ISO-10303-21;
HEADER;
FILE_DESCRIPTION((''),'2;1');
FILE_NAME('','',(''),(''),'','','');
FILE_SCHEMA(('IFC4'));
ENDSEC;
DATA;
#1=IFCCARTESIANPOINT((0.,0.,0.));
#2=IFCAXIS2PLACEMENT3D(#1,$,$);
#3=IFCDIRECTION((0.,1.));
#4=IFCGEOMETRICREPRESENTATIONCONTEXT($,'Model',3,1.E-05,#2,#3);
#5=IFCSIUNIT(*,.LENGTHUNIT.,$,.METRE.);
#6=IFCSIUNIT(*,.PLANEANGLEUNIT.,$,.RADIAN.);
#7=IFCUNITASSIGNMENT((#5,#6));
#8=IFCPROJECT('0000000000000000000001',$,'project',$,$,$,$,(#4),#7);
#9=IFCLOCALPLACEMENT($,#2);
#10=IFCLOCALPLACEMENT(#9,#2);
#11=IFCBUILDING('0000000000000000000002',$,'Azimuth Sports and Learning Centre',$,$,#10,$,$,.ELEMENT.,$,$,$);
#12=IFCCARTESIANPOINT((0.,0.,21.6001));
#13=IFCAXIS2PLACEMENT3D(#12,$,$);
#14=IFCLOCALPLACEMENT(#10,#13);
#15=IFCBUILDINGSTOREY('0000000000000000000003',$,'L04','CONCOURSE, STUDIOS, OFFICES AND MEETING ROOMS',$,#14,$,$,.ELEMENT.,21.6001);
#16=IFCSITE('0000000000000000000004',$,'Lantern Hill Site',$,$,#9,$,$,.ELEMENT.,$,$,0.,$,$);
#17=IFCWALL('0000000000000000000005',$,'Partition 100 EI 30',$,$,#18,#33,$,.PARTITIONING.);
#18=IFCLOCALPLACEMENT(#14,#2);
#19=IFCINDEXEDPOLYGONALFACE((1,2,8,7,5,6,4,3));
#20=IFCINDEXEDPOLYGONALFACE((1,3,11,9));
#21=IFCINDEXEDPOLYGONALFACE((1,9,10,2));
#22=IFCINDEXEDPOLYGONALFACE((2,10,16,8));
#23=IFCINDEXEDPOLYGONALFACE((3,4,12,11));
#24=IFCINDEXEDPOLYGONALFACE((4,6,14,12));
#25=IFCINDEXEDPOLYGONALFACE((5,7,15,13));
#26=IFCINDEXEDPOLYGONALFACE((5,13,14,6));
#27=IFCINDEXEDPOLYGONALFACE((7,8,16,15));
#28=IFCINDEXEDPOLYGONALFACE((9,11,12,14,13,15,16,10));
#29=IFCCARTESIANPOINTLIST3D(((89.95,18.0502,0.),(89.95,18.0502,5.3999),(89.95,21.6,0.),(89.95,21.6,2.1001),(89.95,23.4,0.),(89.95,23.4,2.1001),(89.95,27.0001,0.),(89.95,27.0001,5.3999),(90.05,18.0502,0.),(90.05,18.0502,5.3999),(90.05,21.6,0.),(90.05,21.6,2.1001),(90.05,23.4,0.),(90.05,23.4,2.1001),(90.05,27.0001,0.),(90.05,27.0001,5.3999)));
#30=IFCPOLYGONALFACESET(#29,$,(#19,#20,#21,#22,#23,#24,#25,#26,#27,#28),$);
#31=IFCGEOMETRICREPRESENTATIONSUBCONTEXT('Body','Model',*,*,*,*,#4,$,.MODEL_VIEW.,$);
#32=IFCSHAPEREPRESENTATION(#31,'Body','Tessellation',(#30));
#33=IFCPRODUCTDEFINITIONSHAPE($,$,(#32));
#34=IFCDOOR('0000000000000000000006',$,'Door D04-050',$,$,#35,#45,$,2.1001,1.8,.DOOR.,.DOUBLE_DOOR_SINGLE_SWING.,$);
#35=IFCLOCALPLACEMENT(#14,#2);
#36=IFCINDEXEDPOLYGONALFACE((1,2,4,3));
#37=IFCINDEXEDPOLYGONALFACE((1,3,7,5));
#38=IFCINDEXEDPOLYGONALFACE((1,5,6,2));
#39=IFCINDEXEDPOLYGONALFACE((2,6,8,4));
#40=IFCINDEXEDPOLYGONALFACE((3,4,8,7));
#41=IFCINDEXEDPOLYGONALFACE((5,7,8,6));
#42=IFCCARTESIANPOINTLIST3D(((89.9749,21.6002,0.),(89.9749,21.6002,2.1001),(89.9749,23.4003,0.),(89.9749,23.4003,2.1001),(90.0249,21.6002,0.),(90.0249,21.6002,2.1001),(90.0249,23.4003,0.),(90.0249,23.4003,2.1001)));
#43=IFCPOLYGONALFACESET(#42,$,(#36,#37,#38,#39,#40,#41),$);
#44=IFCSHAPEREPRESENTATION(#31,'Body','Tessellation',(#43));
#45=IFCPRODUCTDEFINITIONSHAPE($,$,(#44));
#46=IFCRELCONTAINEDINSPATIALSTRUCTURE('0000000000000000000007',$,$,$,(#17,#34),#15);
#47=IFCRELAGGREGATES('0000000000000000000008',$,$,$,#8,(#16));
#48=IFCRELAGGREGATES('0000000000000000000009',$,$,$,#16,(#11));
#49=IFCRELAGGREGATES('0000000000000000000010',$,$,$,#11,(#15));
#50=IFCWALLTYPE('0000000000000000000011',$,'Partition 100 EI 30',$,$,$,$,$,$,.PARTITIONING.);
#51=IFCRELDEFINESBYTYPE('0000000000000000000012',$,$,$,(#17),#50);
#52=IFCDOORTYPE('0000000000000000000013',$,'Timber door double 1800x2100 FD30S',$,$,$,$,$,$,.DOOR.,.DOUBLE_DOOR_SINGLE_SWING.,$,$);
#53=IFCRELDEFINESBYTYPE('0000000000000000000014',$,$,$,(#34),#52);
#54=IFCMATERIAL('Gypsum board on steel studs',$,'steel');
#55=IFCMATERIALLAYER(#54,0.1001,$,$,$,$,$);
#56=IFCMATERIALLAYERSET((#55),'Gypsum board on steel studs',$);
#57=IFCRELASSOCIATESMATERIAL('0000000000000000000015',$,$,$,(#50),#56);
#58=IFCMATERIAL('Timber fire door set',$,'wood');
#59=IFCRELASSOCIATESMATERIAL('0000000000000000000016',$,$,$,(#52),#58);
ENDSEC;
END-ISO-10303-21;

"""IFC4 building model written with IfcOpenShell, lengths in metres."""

from ifc_helpers import new_model, si_unit, direction, frame, frame_2d, origin, place, context, subcontext, project, spatial, rectangle, extrude, material, layer, layer_set, type_object, element, fill, save


model = new_model("IFC4")

# Units and contexts
model_context = context("Model", 3, precision=1e-05, world=origin(), true_north=direction((0.0, 1.0)))
body_context = subcontext(model_context, "Body", "Model", "MODEL_VIEW")
ifc_project = project(units=[si_unit("LENGTHUNIT", "METRE"), si_unit("PLANEANGLEUNIT", "RADIAN")], contexts=[model_context])

# Site, building, storey
site_placement = place(None, origin())
site = spatial("IfcSite", under=ifc_project, at=site_placement, Name="Lantern Hill Site", CompositionType="ELEMENT", RefElevation=0.0)
building_placement = place(site_placement, origin())
building = spatial("IfcBuilding", under=site, at=building_placement, Name="Azimuth Sports and Learning Centre", CompositionType="ELEMENT")
storey_placement = place(building_placement, frame((0.0, 0.0, 21.6001)))
storey = spatial("IfcBuildingStorey", under=building, at=storey_placement, Name="L04", Description="CONCOURSE, STUDIOS, OFFICES AND MEETING ROOMS", CompositionType="ELEMENT", Elevation=21.6001)

# Shared definitions
ifc_material_1 = material(Name="Gypsum board on steel studs", Category="steel")
ifc_layer_1 = layer(ifc_material_1, 0.1001)
ifc_layer_set_1 = layer_set([ifc_layer_1], Name="Gypsum board on steel studs")
wall_type = type_object("IfcWallType", Name="Partition 100 EI 30", PredefinedType="PARTITIONING", material=ifc_layer_set_1)

# Wall, opening, door
wall_1_placement = place(storey_placement, frame((90.0, 18.05, 0.0), z_axis=(0.0, 0.0, 1.0), x_axis=(0.0, 1.0, 0.0)))
wall_1 = element("IfcWall", 1, at=wall_1_placement, inside=storey, type_object=wall_type, Name="Partition 100 EI 30", PredefinedType="PARTITIONING", context=body_context, shape_type="SweptSolid", body=[
    extrude(rectangle(XDim=8.95, YDim=0.1001, at=frame_2d((4.4751, 0.0))), origin(), (0.0, 0.0, 1.0), 5.3999),
])
opening_placement = place(wall_1_placement, frame((3.55, 0.0, 0.0)))
opening = element("IfcOpeningElement", 2, at=opening_placement, cuts=wall_1, PredefinedType="OPENING", context=body_context, shape_type="SweptSolid", body=[
    extrude(rectangle(XDim=1.8, YDim=2.1001, at=frame_2d((0.8999, 1.05))), frame((0.0, 0.061, 0.0), z_axis=(0.0, -1.0, 0.0), x_axis=(1.0, 0.0, 0.0)), (0.0, 0.0, 1.0), 0.1221),
])
ifc_material_2 = material(Name="Timber fire door set", Category="wood")
door_type = type_object("IfcDoorType", Name="Timber door double 1800x2100 FD30S", OperationType="DOUBLE_DOOR_SINGLE_SWING", PredefinedType="DOOR", material=ifc_material_2)
door_placement = place(opening_placement, frame((1.8, 0.0, 0.0), z_axis=(0.0, 0.0, 1.0), x_axis=(-1.0, 0.0, 0.0)))
door = element("IfcDoor", 3, at=door_placement, inside=storey, type_object=door_type, Name="Door D04-050", OperationType="DOUBLE_DOOR_SINGLE_SWING", OverallHeight=2.1001, OverallWidth=1.8, PredefinedType="DOOR", context=body_context, shape_type="SweptSolid", body=[
    extrude(rectangle(XDim=1.8, YDim=2.1001, at=frame_2d((0.8999, 1.05))), frame((0.0, 0.0249, 0.0), z_axis=(0.0, -1.0, 0.0), x_axis=(1.0, 0.0, 0.0)), (0.0, 0.0, 1.0), 0.05),
])
fill(opening, door)

save(model, "model.ifc")
